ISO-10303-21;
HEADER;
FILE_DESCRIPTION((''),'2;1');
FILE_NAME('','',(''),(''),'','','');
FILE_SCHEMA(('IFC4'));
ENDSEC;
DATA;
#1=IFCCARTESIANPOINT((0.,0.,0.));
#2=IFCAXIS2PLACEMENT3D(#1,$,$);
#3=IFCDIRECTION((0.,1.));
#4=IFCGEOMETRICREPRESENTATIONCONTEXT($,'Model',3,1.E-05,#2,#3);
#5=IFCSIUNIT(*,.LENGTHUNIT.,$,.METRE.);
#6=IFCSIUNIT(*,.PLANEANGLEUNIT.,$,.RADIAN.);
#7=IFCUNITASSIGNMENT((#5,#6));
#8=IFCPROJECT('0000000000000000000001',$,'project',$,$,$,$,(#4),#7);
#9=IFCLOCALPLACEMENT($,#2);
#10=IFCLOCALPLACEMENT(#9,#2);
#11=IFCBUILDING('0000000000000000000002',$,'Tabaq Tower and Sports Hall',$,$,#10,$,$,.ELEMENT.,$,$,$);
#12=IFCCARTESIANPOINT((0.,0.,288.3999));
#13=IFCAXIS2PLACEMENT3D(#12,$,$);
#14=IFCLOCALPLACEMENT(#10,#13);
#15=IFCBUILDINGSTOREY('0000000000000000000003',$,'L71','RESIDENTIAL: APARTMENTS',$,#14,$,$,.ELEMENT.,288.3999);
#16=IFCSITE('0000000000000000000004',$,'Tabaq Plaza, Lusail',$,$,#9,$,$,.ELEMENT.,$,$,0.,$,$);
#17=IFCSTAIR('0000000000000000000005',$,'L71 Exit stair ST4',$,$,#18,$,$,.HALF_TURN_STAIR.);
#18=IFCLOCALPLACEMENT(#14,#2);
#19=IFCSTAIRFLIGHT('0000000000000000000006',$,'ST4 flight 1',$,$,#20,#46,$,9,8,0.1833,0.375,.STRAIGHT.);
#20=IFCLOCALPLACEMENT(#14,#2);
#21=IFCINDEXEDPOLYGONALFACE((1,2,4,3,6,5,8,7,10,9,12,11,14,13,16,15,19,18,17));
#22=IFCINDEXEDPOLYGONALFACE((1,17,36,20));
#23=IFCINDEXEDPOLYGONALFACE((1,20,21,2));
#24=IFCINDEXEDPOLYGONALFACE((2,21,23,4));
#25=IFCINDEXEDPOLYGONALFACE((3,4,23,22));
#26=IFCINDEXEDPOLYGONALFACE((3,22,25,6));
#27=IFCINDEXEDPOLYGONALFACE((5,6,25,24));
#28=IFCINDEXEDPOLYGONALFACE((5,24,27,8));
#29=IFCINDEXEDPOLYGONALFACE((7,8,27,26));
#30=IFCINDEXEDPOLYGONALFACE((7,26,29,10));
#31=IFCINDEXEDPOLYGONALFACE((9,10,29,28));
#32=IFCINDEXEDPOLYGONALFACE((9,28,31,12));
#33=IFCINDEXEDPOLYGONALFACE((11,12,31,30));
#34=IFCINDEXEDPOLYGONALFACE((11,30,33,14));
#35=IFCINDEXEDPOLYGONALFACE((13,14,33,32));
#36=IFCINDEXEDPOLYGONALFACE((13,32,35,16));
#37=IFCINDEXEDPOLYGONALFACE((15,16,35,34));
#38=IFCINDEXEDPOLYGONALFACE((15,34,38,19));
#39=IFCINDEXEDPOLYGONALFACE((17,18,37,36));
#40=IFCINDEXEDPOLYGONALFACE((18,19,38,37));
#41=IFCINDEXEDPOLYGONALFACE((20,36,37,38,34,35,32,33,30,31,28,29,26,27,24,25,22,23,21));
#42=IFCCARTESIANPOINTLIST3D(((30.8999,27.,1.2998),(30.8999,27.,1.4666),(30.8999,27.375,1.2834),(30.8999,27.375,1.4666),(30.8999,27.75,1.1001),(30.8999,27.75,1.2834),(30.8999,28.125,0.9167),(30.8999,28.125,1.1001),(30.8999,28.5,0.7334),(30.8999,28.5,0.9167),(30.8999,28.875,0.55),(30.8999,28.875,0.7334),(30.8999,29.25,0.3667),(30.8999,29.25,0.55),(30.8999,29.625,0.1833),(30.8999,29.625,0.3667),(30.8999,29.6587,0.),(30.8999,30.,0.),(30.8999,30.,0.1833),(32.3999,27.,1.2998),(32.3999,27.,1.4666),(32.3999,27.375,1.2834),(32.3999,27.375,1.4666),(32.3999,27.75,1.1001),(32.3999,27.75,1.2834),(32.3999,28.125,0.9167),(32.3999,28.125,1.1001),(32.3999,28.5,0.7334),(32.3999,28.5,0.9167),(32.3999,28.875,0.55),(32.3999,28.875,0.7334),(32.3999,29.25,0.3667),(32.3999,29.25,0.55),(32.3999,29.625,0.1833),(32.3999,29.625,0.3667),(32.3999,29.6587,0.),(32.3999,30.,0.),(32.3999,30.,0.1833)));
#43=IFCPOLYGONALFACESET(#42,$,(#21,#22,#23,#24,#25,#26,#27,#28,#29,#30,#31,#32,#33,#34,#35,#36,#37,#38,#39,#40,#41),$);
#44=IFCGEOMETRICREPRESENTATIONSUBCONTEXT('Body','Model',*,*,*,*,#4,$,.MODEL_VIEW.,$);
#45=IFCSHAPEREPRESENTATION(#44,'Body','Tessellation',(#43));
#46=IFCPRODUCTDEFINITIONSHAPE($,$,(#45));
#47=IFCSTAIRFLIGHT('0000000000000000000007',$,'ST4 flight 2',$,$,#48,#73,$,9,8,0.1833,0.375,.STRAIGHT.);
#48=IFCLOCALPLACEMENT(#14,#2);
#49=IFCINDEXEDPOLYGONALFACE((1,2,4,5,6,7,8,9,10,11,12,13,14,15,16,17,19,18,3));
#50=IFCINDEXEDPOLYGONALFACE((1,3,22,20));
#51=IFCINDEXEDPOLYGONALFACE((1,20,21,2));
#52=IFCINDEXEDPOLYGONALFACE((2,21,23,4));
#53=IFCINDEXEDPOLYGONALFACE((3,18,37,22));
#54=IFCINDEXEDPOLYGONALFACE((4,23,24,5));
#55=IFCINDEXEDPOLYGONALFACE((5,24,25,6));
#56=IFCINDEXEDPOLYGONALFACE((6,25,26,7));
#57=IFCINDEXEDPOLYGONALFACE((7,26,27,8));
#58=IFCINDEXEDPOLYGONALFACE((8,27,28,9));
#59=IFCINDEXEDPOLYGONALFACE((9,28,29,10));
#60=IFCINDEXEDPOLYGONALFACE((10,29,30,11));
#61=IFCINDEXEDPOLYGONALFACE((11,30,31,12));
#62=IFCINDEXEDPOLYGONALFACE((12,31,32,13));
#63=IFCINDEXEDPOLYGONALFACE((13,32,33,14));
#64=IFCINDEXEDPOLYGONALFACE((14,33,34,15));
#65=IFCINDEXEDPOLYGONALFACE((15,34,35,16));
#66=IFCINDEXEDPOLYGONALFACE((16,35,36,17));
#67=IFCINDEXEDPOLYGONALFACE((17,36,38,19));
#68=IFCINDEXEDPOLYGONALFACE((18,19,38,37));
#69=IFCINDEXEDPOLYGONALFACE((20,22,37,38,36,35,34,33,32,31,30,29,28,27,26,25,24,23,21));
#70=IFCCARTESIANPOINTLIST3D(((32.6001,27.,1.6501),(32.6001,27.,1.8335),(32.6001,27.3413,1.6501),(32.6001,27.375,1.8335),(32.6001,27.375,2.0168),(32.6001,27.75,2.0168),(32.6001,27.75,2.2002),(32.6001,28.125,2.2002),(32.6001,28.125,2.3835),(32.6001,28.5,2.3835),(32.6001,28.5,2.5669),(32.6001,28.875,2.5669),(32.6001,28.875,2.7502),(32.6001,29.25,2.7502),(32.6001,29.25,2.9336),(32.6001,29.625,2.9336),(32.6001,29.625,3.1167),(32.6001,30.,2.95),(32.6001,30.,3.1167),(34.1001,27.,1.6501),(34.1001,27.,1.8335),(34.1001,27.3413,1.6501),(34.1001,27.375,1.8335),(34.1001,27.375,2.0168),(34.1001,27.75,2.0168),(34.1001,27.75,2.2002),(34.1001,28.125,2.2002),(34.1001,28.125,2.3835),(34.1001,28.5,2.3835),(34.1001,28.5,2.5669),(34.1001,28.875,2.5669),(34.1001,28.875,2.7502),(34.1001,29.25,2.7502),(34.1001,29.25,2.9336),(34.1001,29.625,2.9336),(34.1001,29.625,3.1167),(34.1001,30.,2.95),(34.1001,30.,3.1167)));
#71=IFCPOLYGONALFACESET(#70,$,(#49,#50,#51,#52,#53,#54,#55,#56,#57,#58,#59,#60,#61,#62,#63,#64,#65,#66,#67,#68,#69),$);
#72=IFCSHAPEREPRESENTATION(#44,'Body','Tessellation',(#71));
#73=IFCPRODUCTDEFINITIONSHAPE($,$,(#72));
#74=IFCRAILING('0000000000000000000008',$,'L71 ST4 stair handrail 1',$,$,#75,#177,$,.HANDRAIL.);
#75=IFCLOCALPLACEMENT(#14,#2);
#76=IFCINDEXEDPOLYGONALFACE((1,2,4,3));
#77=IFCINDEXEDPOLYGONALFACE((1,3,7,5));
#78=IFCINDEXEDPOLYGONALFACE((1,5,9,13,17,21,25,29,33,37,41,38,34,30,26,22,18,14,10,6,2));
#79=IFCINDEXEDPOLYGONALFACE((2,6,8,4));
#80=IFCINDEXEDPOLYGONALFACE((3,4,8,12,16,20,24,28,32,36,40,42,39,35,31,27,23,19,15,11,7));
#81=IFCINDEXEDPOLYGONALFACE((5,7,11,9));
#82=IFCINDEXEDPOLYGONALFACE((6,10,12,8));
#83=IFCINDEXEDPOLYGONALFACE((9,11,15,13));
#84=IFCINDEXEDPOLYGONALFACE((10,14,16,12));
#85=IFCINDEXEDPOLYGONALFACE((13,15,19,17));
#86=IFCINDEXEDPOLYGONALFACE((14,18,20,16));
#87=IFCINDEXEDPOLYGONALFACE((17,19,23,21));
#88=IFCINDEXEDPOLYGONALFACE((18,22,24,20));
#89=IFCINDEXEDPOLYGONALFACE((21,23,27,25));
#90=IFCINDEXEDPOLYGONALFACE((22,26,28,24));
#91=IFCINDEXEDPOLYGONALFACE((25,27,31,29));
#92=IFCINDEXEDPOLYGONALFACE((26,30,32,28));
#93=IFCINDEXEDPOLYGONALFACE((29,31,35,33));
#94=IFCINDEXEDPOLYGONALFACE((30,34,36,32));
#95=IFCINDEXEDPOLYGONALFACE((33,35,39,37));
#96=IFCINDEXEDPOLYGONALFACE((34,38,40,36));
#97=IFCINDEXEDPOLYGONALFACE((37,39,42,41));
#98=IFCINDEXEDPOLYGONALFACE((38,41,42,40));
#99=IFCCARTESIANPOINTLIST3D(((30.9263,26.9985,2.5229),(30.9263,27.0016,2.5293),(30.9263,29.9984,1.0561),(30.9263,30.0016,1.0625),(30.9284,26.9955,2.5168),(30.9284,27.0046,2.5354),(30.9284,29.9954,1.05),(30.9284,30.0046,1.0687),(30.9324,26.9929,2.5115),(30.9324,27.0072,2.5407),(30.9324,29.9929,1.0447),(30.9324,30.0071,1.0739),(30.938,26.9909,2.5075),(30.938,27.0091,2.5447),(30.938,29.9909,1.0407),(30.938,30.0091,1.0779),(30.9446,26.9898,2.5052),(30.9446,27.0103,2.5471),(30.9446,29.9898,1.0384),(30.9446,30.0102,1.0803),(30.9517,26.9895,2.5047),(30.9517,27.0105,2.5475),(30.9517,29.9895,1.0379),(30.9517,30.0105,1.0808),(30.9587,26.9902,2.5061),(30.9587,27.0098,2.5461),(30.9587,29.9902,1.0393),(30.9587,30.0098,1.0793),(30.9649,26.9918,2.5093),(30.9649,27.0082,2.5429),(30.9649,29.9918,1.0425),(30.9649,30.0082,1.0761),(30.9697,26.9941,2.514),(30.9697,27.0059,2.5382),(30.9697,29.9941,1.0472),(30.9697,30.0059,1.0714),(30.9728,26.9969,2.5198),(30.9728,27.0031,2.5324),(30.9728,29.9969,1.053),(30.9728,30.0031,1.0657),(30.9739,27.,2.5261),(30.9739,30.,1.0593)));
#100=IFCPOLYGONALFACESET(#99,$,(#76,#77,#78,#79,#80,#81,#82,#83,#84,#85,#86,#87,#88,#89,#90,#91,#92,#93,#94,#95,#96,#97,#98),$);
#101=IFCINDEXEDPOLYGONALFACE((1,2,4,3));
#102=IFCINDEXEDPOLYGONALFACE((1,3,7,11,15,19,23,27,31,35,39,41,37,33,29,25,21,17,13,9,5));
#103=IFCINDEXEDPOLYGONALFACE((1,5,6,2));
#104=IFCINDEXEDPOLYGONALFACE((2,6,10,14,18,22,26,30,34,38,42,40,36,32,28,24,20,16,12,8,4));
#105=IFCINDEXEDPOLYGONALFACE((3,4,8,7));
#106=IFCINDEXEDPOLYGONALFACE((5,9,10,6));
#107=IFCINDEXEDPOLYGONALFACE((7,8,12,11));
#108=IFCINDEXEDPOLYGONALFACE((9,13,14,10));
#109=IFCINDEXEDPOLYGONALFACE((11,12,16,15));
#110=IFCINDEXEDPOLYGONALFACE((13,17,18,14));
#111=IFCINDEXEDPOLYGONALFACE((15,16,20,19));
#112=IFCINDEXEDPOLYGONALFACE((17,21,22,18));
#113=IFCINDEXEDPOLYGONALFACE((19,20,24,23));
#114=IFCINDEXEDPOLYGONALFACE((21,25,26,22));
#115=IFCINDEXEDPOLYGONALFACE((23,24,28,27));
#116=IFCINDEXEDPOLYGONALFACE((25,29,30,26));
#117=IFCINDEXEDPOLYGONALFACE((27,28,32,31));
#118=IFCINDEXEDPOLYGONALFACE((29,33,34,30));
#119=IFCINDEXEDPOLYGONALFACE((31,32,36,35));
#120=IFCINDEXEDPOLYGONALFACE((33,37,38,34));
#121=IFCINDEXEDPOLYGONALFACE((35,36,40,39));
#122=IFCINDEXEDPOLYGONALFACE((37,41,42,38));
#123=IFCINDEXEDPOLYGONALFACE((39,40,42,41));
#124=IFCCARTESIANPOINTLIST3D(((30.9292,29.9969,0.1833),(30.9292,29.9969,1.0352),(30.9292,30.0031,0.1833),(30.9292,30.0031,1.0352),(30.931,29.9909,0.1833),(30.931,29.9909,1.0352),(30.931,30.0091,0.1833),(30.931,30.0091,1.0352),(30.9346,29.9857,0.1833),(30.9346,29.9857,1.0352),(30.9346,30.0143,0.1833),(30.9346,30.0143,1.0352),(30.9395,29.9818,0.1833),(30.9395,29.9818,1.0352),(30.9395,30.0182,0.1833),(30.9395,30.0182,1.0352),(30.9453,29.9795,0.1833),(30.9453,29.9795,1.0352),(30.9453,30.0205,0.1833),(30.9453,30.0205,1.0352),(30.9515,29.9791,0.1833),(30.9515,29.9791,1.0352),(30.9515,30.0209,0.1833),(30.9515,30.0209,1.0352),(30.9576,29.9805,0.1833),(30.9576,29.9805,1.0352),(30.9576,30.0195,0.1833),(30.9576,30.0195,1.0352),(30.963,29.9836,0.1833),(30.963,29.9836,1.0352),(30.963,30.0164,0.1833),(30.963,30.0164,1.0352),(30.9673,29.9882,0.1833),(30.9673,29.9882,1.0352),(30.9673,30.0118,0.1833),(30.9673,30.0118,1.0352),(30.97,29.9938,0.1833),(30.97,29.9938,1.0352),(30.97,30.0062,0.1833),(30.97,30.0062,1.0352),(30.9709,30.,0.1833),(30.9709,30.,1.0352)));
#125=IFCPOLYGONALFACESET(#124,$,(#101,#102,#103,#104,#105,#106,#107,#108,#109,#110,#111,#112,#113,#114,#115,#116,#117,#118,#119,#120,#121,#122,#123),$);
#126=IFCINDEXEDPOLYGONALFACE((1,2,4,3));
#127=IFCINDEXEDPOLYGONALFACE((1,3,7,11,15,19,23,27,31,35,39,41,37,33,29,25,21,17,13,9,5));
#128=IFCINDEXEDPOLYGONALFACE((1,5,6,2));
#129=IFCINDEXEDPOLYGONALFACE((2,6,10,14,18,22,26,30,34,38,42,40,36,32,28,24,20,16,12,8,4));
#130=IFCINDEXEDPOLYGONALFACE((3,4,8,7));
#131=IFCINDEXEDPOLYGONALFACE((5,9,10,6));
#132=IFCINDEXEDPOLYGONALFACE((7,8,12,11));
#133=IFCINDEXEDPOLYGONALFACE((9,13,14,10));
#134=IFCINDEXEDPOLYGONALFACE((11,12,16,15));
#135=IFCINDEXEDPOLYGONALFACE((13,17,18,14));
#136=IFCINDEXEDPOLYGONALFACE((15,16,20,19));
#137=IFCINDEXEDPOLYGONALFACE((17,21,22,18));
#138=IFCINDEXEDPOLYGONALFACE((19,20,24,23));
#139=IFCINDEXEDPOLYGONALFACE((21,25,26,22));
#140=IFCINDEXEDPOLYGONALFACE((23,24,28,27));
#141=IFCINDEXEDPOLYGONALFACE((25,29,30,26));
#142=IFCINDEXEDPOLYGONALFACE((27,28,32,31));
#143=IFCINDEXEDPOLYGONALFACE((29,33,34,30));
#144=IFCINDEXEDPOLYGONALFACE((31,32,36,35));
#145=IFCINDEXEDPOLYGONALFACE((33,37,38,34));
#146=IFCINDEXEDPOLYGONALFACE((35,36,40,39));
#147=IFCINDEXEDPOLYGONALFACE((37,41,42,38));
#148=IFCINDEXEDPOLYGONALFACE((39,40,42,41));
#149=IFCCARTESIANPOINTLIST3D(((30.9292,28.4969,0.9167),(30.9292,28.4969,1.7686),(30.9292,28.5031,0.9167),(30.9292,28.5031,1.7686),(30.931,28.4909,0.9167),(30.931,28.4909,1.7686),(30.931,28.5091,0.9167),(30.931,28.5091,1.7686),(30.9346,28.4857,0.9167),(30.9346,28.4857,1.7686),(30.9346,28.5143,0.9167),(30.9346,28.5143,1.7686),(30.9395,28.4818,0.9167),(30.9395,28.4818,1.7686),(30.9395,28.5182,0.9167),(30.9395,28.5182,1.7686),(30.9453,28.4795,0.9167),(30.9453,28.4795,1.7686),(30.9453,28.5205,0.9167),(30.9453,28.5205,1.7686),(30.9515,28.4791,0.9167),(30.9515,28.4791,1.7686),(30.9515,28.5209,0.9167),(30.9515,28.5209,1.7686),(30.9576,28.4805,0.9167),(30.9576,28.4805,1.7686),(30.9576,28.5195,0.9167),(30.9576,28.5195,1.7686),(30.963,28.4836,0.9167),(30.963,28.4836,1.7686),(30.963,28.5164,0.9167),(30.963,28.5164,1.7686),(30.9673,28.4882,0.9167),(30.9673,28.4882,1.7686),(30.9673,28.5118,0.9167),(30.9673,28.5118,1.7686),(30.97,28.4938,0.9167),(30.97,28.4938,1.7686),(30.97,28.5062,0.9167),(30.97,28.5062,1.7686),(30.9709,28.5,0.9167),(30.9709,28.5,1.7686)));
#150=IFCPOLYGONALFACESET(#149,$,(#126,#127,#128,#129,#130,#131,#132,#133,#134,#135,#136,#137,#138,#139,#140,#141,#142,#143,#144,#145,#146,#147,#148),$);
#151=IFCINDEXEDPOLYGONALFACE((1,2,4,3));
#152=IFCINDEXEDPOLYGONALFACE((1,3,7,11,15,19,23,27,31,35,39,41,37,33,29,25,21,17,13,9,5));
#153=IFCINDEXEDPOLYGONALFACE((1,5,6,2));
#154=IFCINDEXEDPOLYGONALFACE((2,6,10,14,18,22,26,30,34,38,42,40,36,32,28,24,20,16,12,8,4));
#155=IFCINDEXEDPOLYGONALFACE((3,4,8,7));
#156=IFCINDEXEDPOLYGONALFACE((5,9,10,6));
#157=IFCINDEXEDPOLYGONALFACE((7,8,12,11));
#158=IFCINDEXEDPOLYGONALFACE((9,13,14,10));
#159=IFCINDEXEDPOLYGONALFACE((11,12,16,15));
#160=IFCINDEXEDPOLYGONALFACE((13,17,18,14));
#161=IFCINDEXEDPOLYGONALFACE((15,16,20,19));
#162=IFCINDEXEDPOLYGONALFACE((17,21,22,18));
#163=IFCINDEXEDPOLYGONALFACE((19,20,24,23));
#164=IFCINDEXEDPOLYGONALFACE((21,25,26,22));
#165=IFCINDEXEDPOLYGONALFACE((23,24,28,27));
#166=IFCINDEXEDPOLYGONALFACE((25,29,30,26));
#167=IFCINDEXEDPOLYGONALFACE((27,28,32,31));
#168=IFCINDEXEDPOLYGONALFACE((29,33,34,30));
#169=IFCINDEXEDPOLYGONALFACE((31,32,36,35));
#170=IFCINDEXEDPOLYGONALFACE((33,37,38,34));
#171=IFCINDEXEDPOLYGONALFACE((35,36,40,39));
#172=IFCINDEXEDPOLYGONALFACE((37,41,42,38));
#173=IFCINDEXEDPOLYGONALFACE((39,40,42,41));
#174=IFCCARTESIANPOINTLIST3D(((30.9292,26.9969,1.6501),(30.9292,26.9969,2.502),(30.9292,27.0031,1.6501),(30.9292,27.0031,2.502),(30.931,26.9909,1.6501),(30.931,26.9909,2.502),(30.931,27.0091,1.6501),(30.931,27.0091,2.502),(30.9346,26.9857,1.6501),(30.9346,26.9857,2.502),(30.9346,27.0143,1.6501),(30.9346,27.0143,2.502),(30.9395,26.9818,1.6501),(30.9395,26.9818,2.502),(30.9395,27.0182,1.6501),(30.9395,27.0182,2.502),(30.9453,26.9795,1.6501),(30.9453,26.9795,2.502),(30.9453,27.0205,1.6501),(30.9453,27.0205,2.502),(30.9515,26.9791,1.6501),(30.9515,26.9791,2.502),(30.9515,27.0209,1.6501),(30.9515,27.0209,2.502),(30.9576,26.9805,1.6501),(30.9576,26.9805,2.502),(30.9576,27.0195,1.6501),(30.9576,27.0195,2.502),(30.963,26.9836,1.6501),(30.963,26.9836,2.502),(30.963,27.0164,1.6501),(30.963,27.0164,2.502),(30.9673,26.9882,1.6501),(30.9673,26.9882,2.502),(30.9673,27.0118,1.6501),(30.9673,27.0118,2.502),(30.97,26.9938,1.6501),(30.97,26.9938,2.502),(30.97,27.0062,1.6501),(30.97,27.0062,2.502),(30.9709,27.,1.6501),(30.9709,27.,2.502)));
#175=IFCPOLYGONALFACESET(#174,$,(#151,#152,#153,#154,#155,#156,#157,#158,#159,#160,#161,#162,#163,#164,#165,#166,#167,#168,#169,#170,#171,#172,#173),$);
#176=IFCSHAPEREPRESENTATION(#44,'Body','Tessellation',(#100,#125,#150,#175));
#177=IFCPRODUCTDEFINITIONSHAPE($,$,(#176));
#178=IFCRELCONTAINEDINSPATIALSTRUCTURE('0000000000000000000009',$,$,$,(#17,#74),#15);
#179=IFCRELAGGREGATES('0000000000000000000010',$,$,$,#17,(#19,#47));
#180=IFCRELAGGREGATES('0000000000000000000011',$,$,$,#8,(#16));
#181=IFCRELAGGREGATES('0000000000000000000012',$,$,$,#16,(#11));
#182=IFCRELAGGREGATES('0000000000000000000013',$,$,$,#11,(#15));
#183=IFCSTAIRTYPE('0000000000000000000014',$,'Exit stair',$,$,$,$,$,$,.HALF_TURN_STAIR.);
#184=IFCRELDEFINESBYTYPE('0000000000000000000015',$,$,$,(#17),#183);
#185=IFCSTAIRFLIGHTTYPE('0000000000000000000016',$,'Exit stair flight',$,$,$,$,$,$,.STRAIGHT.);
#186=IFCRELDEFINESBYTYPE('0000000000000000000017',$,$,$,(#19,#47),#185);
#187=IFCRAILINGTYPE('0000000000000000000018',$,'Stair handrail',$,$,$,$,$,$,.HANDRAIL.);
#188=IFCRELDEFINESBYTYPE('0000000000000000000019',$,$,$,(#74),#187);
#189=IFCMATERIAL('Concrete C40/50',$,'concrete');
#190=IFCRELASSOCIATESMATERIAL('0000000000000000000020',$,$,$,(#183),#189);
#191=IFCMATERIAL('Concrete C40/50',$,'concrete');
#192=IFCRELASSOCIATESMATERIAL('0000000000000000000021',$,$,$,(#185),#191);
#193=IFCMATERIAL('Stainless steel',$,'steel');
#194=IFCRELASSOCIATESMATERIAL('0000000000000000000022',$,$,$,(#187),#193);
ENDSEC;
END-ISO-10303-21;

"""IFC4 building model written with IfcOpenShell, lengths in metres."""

from ifc_helpers import new_model, si_unit, direction, frame, origin, origin_2d, place, context, subcontext, project, spatial, polyline, circle, outline, extrude, material, type_object, element, aggregate, save


model = new_model("IFC4")

# Units and contexts
model_context = context("Model", 3, precision=1e-05, world=origin(), true_north=direction((0.0, 1.0)))
body_context = subcontext(model_context, "Body", "Model", "MODEL_VIEW")
ifc_project = project(units=[si_unit("LENGTHUNIT", "METRE"), si_unit("PLANEANGLEUNIT", "RADIAN")], contexts=[model_context])

# Site, building, storey
site_placement = place(None, origin())
site = spatial("IfcSite", under=ifc_project, at=site_placement, Name="Tabaq Plaza, Lusail", CompositionType="ELEMENT", RefElevation=0.0)
building_placement = place(site_placement, origin())
building = spatial("IfcBuilding", under=site, at=building_placement, Name="Tabaq Tower and Sports Hall", CompositionType="ELEMENT")
storey_placement = place(building_placement, frame((0.0, 0.0, 288.3999)))
storey = spatial("IfcBuildingStorey", under=building, at=storey_placement, Name="L71", Description="RESIDENTIAL: APARTMENTS", CompositionType="ELEMENT", Elevation=288.3999)

# Stair, stair flights
ifc_material_1 = material(Name="Concrete C40/50", Category="concrete")
stair_type = type_object("IfcStairType", Name="Exit stair", PredefinedType="HALF_TURN_STAIR", material=ifc_material_1)
stair_placement = place(storey_placement, origin())
stair = element("IfcStair", 1, at=stair_placement, inside=storey, type_object=stair_type, Name="L71 Exit stair ST4", PredefinedType="HALF_TURN_STAIR")
ifc_material_2 = material(Name="Concrete C40/50", Category="concrete")
stair_flight_type = type_object("IfcStairFlightType", Name="Exit stair flight", PredefinedType="STRAIGHT", material=ifc_material_2)
stair_flight_1_placement = place(storey_placement, frame((31.6499, 30.0, 0.0), z_axis=(0.0, 0.0, 1.0), x_axis=(0.0, -1.0, 0.0)))
stair_flight_1 = element("IfcStairFlight", 2, at=stair_flight_1_placement, type_object=stair_flight_type, Name="ST4 flight 1", NumberOfRisers=9, NumberOfTreads=8, PredefinedType="STRAIGHT", RiserHeight=0.1833, TreadLength=0.375, context=body_context, shape_type="SweptSolid", body=[
    extrude(outline(polyline([(0.0, 0.0), (0.0, 0.1833), (0.375, 0.1833), (0.375, 0.3667), (0.75, 0.3667), (0.75, 0.55), (1.125, 0.55), (1.125, 0.7334), (1.5, 0.7334), (1.5, 0.9167), (1.875, 0.9167), (1.875, 1.1001), (2.25, 1.1001), (2.25, 1.2834), (2.625, 1.2834), (2.625, 1.4666), (3.0, 1.4666), (3.0, 1.6499), (3.0, 1.2998), (0.3413, 0.0), (0.0, 0.0)])), frame((0.0, 0.75, 0.0), z_axis=(0.0, -1.0, 0.0), x_axis=(1.0, 0.0, 0.0)), (0.0, 0.0, 1.0), 1.5),
])
stair_flight_2_placement = place(storey_placement, frame((33.3501, 27.0, 1.6501), z_axis=(0.0, 0.0, 1.0), x_axis=(0.0, 1.0, 0.0)))
stair_flight_2 = element("IfcStairFlight", 3, at=stair_flight_2_placement, type_object=stair_flight_type, Name="ST4 flight 2", NumberOfRisers=9, NumberOfTreads=8, PredefinedType="STRAIGHT", RiserHeight=0.1833, TreadLength=0.375, context=body_context, shape_type="SweptSolid", body=[
    extrude(outline(polyline([(0.0, 0.0), (0.0, 0.1833), (0.375, 0.1833), (0.375, 0.3667), (0.75, 0.3667), (0.75, 0.55), (1.125, 0.55), (1.125, 0.7334), (1.5, 0.7334), (1.5, 0.9167), (1.875, 0.9167), (1.875, 1.1001), (2.25, 1.1001), (2.25, 1.2834), (2.625, 1.2834), (2.625, 1.4666), (3.0, 1.4666), (3.0, 1.6499), (3.0, 1.2998), (0.3413, 0.0), (0.0, 0.0)])), frame((0.0, 0.75, 0.0), z_axis=(0.0, -1.0, 0.0), x_axis=(1.0, 0.0, 0.0)), (0.0, 0.0, 1.0), 1.5),
])
aggregate(stair, [stair_flight_1, stair_flight_2])

# Railing
ifc_material_3 = material(Name="Stainless steel", Category="steel")
railing_type_1 = type_object("IfcRailingType", Name="Stair handrail", PredefinedType="HANDRAIL", material=ifc_material_3)
railing_1_placement = place(storey_placement, frame((30.95, 30.0, 0.1833)))
element("IfcRailing", 4, at=railing_1_placement, inside=storey, type_object=railing_type_1, Name="L71 ST4 stair handrail 1", PredefinedType="HANDRAIL", context=body_context, shape_type="SweptSolid", body=[
    extrude(circle(Radius=0.0239, at=origin_2d()), frame((0.0, 0.0, 0.876), z_axis=(0.0, -0.898369, 0.439242), x_axis=(1.0, 0.0, 0.0)), (0.0, 0.0, 1.0), 3.3394),
    extrude(circle(Radius=0.021, at=origin_2d()), origin(), (0.0, 0.0, 1.0), 0.8518),
    extrude(circle(Radius=0.021, at=origin_2d()), frame((0.0, -1.5, 0.7334)), (0.0, 0.0, 1.0), 0.8518),
    extrude(circle(Radius=0.021, at=origin_2d()), frame((0.0, -3.0, 1.4668)), (0.0, 0.0, 1.0), 0.8518),
])

save(model, "model.ifc")
